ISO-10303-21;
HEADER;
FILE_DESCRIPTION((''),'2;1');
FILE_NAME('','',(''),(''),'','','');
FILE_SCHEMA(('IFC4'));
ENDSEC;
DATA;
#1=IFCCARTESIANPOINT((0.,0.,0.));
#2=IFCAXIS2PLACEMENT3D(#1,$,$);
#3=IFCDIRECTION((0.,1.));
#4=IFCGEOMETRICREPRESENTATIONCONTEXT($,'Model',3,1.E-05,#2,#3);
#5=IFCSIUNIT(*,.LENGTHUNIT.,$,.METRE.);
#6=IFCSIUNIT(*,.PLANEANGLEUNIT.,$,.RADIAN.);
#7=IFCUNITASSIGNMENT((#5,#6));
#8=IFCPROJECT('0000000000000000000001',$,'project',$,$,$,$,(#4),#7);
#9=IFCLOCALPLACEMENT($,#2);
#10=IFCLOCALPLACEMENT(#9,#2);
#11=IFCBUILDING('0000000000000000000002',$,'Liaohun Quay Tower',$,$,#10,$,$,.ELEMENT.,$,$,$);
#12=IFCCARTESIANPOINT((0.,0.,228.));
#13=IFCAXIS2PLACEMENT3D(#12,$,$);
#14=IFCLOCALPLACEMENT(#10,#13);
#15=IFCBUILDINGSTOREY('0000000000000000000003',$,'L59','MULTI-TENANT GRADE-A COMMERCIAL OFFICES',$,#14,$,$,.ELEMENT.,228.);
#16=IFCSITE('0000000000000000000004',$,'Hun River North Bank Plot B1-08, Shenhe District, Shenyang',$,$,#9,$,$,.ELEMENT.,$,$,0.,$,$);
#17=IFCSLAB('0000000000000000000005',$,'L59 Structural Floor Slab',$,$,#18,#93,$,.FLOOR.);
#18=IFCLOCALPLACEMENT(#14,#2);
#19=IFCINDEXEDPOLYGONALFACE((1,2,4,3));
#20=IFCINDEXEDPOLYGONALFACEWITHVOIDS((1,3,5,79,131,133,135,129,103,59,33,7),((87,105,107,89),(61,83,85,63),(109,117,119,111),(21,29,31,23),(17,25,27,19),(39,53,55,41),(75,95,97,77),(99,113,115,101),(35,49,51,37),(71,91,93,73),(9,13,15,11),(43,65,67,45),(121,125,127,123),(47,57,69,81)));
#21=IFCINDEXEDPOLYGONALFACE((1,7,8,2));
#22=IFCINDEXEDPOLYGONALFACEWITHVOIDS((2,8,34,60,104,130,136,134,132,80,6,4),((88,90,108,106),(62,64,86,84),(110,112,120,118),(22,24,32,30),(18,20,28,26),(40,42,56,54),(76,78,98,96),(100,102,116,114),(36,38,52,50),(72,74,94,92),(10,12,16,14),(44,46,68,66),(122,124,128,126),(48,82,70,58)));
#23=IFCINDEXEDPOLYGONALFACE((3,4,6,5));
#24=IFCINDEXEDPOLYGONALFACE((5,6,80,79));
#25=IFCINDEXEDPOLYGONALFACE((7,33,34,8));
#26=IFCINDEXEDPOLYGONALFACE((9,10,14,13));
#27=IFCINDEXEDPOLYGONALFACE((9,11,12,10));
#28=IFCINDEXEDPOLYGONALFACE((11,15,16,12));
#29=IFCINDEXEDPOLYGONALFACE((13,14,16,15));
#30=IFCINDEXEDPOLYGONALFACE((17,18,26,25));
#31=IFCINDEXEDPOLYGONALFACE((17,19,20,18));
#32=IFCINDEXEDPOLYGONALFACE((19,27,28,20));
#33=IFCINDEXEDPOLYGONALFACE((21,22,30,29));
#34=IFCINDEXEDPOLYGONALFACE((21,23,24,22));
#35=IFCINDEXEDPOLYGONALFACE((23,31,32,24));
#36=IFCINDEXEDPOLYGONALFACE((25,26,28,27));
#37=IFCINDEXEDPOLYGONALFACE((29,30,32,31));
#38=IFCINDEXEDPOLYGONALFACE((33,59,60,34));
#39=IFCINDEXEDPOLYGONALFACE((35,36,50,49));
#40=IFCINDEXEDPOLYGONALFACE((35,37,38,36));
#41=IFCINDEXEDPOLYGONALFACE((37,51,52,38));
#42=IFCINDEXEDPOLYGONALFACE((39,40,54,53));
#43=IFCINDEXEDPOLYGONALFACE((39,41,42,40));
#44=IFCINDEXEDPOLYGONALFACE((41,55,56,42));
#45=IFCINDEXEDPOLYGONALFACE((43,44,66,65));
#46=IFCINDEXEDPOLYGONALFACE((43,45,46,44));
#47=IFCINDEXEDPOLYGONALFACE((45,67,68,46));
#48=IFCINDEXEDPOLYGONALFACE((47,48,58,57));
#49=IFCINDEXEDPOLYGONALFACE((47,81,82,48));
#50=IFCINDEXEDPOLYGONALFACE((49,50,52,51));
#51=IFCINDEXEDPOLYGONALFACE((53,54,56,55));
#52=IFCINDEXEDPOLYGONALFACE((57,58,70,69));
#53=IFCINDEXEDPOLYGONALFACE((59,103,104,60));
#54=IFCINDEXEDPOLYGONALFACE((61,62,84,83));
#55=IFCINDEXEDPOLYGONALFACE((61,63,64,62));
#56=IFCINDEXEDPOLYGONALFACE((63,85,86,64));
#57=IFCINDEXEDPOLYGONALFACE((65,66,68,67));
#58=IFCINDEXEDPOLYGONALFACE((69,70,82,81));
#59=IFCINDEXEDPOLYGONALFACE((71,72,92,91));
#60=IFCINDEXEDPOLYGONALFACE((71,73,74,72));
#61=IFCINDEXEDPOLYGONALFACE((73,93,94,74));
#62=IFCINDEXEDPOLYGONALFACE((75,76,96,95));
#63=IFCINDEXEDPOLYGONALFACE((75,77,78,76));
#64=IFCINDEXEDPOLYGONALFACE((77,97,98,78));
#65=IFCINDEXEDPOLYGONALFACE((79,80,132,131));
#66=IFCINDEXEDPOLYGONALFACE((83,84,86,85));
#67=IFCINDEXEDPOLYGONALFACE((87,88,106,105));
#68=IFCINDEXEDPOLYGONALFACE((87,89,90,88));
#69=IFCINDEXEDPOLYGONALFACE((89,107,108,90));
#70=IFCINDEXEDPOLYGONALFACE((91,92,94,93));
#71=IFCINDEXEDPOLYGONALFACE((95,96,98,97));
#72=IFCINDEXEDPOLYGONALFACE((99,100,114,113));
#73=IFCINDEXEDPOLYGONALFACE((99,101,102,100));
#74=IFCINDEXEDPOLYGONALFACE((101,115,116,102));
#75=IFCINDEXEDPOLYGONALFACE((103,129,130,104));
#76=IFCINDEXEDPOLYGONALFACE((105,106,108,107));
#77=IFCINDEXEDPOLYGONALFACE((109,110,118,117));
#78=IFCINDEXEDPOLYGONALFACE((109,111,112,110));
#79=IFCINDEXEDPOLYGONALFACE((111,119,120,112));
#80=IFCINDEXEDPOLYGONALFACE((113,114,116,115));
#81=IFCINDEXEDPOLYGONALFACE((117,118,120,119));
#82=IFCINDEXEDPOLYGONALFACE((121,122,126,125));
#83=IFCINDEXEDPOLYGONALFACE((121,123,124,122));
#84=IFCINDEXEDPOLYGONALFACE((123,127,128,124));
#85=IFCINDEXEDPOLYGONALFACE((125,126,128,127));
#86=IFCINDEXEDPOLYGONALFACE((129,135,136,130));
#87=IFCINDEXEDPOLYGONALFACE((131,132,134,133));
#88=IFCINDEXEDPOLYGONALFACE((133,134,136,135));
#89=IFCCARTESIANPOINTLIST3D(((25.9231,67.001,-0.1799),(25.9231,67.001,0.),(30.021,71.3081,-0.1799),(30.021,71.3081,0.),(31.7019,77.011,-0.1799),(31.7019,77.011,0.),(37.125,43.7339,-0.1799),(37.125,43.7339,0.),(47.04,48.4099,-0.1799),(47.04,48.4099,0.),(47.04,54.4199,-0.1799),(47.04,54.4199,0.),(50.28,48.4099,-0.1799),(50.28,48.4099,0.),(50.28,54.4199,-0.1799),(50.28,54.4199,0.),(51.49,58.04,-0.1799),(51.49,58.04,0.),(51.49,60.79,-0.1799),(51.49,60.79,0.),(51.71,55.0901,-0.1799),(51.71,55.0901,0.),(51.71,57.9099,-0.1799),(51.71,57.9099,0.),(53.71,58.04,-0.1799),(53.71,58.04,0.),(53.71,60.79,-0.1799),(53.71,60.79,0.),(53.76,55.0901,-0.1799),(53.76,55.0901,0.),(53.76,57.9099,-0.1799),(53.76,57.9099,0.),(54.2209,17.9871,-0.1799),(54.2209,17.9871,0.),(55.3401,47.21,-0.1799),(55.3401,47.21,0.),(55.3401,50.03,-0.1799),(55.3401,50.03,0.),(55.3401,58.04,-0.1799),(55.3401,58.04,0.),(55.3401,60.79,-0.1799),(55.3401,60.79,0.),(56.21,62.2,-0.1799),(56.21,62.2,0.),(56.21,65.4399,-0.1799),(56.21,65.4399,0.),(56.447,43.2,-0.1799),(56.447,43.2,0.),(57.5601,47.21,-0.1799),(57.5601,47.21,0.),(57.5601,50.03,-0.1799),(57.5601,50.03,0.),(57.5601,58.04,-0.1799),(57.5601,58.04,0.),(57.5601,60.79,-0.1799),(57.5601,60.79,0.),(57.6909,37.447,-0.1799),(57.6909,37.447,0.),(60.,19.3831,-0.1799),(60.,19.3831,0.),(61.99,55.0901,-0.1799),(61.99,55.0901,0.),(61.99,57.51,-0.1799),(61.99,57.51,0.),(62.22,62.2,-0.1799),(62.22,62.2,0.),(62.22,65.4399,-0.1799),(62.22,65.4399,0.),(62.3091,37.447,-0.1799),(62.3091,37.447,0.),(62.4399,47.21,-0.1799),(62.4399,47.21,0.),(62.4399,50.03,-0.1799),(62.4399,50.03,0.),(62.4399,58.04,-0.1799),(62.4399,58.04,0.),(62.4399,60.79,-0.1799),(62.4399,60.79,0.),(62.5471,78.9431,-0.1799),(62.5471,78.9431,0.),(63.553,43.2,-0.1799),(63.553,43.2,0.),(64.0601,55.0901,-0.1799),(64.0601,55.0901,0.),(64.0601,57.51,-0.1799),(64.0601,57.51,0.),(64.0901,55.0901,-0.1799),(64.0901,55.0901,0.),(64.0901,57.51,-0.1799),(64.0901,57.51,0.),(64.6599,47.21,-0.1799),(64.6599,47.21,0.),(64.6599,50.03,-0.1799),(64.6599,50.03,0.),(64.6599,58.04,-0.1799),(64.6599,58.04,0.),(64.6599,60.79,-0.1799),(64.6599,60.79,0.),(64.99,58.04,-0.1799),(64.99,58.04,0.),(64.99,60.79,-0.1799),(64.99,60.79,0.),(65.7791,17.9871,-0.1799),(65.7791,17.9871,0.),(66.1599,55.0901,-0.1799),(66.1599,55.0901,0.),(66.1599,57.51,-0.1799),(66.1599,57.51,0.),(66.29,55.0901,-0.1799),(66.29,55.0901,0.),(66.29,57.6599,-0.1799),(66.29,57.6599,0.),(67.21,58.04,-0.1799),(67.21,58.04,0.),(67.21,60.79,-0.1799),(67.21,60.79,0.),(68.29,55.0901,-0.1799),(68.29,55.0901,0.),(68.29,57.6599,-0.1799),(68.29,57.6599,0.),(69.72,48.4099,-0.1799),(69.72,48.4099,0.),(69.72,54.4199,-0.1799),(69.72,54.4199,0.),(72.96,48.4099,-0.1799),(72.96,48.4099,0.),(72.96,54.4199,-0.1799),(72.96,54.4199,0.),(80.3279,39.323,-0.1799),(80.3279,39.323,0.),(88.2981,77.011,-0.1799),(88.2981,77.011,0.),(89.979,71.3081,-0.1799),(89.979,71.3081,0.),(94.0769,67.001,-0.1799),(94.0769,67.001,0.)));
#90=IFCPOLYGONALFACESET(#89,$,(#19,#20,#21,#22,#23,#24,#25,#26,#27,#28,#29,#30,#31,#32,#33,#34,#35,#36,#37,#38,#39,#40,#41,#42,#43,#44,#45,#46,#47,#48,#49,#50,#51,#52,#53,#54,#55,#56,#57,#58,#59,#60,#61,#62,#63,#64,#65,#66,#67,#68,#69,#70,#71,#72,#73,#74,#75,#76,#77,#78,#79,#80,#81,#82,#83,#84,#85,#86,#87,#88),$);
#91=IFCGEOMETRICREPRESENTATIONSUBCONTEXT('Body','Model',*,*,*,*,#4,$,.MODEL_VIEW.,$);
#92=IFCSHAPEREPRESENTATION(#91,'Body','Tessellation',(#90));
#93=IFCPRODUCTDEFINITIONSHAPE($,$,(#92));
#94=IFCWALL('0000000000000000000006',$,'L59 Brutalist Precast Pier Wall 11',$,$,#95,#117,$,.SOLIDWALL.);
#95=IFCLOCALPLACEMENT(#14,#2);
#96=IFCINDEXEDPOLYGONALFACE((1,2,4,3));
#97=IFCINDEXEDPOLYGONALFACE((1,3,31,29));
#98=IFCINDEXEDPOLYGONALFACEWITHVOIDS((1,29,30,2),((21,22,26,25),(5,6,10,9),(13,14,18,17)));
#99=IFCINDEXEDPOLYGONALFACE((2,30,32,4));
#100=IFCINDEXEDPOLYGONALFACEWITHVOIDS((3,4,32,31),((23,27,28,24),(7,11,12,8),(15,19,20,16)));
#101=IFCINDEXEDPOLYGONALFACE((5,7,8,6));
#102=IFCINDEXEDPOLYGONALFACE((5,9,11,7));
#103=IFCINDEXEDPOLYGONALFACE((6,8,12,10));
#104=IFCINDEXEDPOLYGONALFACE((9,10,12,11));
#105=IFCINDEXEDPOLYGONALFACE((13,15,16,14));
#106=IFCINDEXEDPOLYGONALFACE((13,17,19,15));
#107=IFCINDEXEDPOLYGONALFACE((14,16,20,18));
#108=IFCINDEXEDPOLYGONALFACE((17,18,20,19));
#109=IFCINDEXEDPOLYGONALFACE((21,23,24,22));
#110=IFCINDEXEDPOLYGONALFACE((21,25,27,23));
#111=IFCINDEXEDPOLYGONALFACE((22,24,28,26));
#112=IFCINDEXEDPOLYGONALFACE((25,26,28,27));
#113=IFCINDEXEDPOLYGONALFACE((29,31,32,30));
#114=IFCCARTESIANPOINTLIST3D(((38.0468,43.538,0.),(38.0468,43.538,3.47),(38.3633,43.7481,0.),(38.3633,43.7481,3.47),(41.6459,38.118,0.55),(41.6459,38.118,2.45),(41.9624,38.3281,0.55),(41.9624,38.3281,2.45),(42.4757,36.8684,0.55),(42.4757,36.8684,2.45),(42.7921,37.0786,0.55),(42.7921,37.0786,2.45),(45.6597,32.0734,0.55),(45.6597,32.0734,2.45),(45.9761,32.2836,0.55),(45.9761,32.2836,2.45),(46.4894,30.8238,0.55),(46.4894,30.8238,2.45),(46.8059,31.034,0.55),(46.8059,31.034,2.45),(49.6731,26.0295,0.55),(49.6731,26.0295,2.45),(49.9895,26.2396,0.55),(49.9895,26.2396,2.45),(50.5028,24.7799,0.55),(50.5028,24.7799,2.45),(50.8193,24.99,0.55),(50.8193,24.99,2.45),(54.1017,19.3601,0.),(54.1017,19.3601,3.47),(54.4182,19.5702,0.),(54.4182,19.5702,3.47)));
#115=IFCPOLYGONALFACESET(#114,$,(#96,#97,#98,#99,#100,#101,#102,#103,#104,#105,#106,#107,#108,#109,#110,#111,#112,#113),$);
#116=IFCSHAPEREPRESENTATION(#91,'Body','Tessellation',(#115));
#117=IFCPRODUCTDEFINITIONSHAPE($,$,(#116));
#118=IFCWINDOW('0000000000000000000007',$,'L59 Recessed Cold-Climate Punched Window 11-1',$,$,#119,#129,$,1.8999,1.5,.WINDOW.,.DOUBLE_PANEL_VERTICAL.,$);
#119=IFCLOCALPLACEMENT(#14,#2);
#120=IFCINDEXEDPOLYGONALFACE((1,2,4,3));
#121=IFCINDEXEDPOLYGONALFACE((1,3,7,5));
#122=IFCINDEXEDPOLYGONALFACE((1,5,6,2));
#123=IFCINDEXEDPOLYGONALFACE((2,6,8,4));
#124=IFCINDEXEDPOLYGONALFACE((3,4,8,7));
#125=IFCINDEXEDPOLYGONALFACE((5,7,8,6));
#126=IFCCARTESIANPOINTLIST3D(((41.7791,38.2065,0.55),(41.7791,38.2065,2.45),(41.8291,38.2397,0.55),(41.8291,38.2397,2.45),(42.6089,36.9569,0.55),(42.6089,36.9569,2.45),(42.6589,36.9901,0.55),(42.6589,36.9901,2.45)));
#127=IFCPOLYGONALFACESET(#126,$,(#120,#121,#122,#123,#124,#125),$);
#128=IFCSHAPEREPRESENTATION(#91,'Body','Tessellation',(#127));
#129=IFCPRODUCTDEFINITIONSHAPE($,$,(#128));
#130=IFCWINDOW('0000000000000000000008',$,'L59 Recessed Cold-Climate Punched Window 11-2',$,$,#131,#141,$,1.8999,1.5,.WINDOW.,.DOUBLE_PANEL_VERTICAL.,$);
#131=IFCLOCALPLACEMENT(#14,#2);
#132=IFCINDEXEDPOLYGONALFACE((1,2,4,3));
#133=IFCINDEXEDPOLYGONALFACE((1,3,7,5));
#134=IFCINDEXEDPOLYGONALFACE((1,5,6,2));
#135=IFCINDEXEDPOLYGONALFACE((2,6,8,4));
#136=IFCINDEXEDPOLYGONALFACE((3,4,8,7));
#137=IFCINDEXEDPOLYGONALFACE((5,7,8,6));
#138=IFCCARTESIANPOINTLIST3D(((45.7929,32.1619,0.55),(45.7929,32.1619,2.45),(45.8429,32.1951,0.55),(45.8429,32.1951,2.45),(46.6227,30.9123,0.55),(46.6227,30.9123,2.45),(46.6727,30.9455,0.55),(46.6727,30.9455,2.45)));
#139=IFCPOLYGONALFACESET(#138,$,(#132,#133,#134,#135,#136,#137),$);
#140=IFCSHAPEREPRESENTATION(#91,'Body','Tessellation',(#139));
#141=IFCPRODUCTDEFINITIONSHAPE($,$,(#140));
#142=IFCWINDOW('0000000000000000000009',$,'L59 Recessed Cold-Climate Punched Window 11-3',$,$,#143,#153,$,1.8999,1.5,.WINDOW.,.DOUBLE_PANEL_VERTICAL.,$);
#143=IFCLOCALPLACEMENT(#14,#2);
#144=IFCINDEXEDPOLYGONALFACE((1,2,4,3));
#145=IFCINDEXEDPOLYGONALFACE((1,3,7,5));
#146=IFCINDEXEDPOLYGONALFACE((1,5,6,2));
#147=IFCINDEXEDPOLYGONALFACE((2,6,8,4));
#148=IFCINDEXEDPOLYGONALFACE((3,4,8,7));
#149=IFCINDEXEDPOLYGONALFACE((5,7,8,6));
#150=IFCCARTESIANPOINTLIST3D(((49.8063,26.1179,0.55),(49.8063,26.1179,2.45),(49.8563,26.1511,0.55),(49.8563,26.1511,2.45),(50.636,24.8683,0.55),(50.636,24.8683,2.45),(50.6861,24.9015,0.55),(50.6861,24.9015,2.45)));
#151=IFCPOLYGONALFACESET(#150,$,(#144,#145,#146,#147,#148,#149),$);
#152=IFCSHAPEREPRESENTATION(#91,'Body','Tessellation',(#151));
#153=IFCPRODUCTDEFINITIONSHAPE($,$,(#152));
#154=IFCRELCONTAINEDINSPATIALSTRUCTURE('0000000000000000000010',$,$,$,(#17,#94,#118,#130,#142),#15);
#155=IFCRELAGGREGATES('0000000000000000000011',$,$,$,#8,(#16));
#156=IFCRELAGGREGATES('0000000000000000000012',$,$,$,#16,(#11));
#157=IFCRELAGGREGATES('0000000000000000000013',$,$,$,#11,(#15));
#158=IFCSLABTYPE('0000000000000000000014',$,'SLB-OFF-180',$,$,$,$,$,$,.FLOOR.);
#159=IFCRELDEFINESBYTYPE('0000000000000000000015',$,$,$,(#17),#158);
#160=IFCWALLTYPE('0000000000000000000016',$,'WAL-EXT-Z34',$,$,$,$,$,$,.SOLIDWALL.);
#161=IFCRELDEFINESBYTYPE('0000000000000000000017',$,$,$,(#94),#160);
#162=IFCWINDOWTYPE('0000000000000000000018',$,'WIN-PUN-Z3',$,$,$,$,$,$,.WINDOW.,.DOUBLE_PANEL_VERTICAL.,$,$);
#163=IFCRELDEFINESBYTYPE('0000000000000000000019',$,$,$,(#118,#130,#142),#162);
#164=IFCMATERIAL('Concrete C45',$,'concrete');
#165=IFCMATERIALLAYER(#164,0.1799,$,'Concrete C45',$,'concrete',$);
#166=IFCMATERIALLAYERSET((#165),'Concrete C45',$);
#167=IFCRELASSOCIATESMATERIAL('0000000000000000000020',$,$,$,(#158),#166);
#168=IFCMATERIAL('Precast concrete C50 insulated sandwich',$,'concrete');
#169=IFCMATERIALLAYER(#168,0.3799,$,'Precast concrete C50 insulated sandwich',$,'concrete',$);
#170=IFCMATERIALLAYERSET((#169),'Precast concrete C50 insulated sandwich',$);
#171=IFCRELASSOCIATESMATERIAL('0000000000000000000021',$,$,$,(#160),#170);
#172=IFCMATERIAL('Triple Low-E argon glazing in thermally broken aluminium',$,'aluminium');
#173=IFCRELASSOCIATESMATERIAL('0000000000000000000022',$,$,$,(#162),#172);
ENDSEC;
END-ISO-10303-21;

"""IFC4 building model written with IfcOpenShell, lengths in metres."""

from ifc_helpers import new_model, si_unit, direction, frame, frame_2d, origin, place, context, subcontext, project, spatial, polyline, rectangle, outline, extrude, source, transform, mapped, material, layer, layer_set, type_object, element, fill, save


model = new_model("IFC4")

# Units and contexts
model_context = context("Model", 3, precision=1e-05, world=origin(), true_north=direction((0.0, 1.0)))
body_context = subcontext(model_context, "Body", "Model", "MODEL_VIEW")
ifc_project = project(units=[si_unit("LENGTHUNIT", "METRE"), si_unit("PLANEANGLEUNIT", "RADIAN")], contexts=[model_context])

# Site, building, storey
site_placement = place(None, origin())
site = spatial("IfcSite", under=ifc_project, at=site_placement, Name="Hun River North Bank Plot B1-08, Shenhe District, Shenyang", CompositionType="ELEMENT", RefElevation=0.0)
building_placement = place(site_placement, origin())
building = spatial("IfcBuilding", under=site, at=building_placement, Name="Liaohun Quay Tower", CompositionType="ELEMENT")
storey_placement = place(building_placement, frame((0.0, 0.0, 228.0)))
storey = spatial("IfcBuildingStorey", under=building, at=storey_placement, Name="L59", Description="MULTI-TENANT GRADE-A COMMERCIAL OFFICES", CompositionType="ELEMENT", Elevation=228.0)

# Shared definitions
ifc_material_1 = material(Name="Concrete C45", Category="concrete")

# Slab
ifc_layer_1 = layer(ifc_material_1, 0.1799, Name="Concrete C45", Category="concrete")
ifc_layer_set_1 = layer_set([ifc_layer_1], Name="Concrete C45")
slab_type_1 = type_object("IfcSlabType", Name="SLB-OFF-180", PredefinedType="FLOOR", material=ifc_layer_set_1)
slab_1_placement = place(storey_placement, frame((0.0, 0.0, -0.1799)))
element("IfcSlab", 1, at=slab_1_placement, inside=storey, type_object=slab_type_1, Name="L59 Structural Floor Slab", PredefinedType="FLOOR", context=body_context, shape_type="SweptSolid", body=[
    extrude(outline(polyline([(54.2209, 17.9871), (60.0, 19.3831), (65.7791, 17.9871), (80.3279, 39.323), (94.0769, 67.001), (89.979, 71.3081), (88.2981, 77.011), (62.5471, 78.9431), (31.7019, 77.011), (30.021, 71.3081), (25.9231, 67.001), (37.125, 43.7339), (54.2209, 17.9871)]), holes=[polyline([(63.553, 43.2), (56.447, 43.2), (57.6909, 37.447), (62.3091, 37.447), (63.553, 43.2)]), polyline([(57.5601, 47.21), (57.5601, 50.03), (55.3401, 50.03), (55.3401, 47.21), (57.5601, 47.21)]), polyline([(50.28, 54.4199), (47.04, 54.4199), (47.04, 48.4099), (50.28, 48.4099), (50.28, 54.4199)]), polyline([(53.76, 55.0901), (53.76, 57.9099), (51.71, 57.9099), (51.71, 55.0901), (53.76, 55.0901)]), polyline([(53.71, 58.04), (53.71, 60.79), (51.49, 60.79), (51.49, 58.04), (53.71, 58.04)]), polyline([(57.5601, 58.04), (57.5601, 60.79), (55.3401, 60.79), (55.3401, 58.04), (57.5601, 58.04)]), polyline([(62.22, 62.2), (62.22, 65.4399), (56.21, 65.4399), (56.21, 62.2), (62.22, 62.2)]), polyline([(64.6599, 50.03), (62.4399, 50.03), (62.4399, 47.21), (64.6599, 47.21), (64.6599, 50.03)]), polyline([(72.96, 54.4199), (69.72, 54.4199), (69.72, 48.4099), (72.96, 48.4099), (72.96, 54.4199)]), polyline([(64.0601, 55.0901), (64.0601, 57.51), (61.99, 57.51), (61.99, 55.0901), (64.0601, 55.0901)]), polyline([(66.1599, 55.0901), (66.1599, 57.51), (64.0901, 57.51), (64.0901, 55.0901), (66.1599, 55.0901)]), polyline([(68.29, 55.0901), (68.29, 57.6599), (66.29, 57.6599), (66.29, 55.0901), (68.29, 55.0901)]), polyline([(64.6599, 58.04), (64.6599, 60.79), (62.4399, 60.79), (62.4399, 58.04), (64.6599, 58.04)]), polyline([(67.21, 58.04), (67.21, 60.79), (64.99, 60.79), (64.99, 58.04), (67.21, 58.04)])]), origin(), (0.0, 0.0, 1.0), 0.1799),
])

# Wall, openings, windows
ifc_material_2 = material(Name="Precast concrete C50 insulated sandwich", Category="concrete")
ifc_layer_2 = layer(ifc_material_2, 0.3799, Name="Precast concrete C50 insulated sandwich", Category="concrete")
ifc_layer_set_2 = layer_set([ifc_layer_2], Name="Precast concrete C50 insulated sandwich")
wall_type_1 = type_object("IfcWallType", Name="WAL-EXT-Z34", PredefinedType="SOLIDWALL", material=ifc_layer_set_2)
wall_1_placement = place(storey_placement, frame((38.2051, 43.6431, 0.0), z_axis=(0.0, 0.0, 1.0), x_axis=(0.553179, -0.833062, 0.0)))
wall_1 = element("IfcWall", 2, at=wall_1_placement, inside=storey, type_object=wall_type_1, Name="L59 Brutalist Precast Pier Wall 11", PredefinedType="SOLIDWALL", context=body_context, shape_type="SweptSolid", body=[
    extrude(rectangle(XDim=29.0229, YDim=0.3799, at=frame_2d((14.5115, 0.0))), origin(), (0.0, 0.0, 1.0), 3.47),
])
shared_shape_1 = source(origin(), body_context, "Body", "SweptSolid", [
    extrude(rectangle(XDim=1.5, YDim=1.8999, at=frame_2d((0.75, 0.95))), frame((0.0, 0.2, 0.0), z_axis=(0.0, -1.0, 0.0), x_axis=(1.0, 0.0, 0.0)), (0.0, 0.0, 1.0), 0.3999),
])
opening_1_placement = place(wall_1_placement, frame((6.5061, 0.0, 0.55)))
opening_1 = element("IfcOpeningElement", 3, at=opening_1_placement, cuts=wall_1, PredefinedType="OPENING", context=body_context, shape_type="MappedRepresentation", body=[
    mapped(shared_shape_1, transform((0.0, 0.0, 0.0), x_axis=(1.0, 0.0, 0.0), y_axis=(0.0, 1.0, 0.0), z_axis=(0.0, 0.0, 1.0), scale=1.0)),
])
opening_2_placement = place(wall_1_placement, frame((13.762, 0.0, 0.55)))
opening_2 = element("IfcOpeningElement", 4, at=opening_2_placement, cuts=wall_1, PredefinedType="OPENING", context=body_context, shape_type="MappedRepresentation", body=[
    mapped(shared_shape_1, transform((0.0, 0.0, 0.0), x_axis=(1.0, 0.0, 0.0), y_axis=(0.0, 1.0, 0.0), z_axis=(0.0, 0.0, 1.0), scale=1.0)),
])
opening_3_placement = place(wall_1_placement, frame((21.0171, 0.0, 0.55)))
opening_3 = element("IfcOpeningElement", 5, at=opening_3_placement, cuts=wall_1, PredefinedType="OPENING", context=body_context, shape_type="MappedRepresentation", body=[
    mapped(shared_shape_1, transform((0.0, 0.0, 0.0), x_axis=(1.0, 0.0, 0.0), y_axis=(0.0, 1.0, 0.0), z_axis=(0.0, 0.0, 1.0), scale=1.0)),
])
ifc_material_3 = material(Name="Triple Low-E argon glazing in thermally broken aluminium", Category="aluminium")
window_type = type_object("IfcWindowType", Name="WIN-PUN-Z3", PartitioningType="DOUBLE_PANEL_VERTICAL", PredefinedType="WINDOW", material=ifc_material_3)
shared_shape_2 = source(origin(), body_context, "Body", "SweptSolid", [
    extrude(rectangle(XDim=1.5, YDim=1.8999, at=frame_2d((0.75, 0.95))), frame((0.0, 0.03, 0.0), z_axis=(0.0, -1.0, 0.0), x_axis=(1.0, 0.0, 0.0)), (0.0, 0.0, 1.0), 0.0601),
])
window_1_placement = place(opening_1_placement, origin())
window_1 = element("IfcWindow", 6, at=window_1_placement, inside=storey, type_object=window_type, Name="L59 Recessed Cold-Climate Punched Window 11-1", OverallHeight=1.8999, OverallWidth=1.5, PartitioningType="DOUBLE_PANEL_VERTICAL", PredefinedType="WINDOW", context=body_context, shape_type="MappedRepresentation", body=[
    mapped(shared_shape_2, transform((0.0, 0.0, 0.0), x_axis=(1.0, 0.0, 0.0), y_axis=(0.0, 1.0, 0.0), z_axis=(0.0, 0.0, 1.0), scale=1.0)),
])
fill(opening_1, window_1)
window_2_placement = place(opening_2_placement, origin())
window_2 = element("IfcWindow", 7, at=window_2_placement, inside=storey, type_object=window_type, Name="L59 Recessed Cold-Climate Punched Window 11-2", OverallHeight=1.8999, OverallWidth=1.5, PartitioningType="DOUBLE_PANEL_VERTICAL", PredefinedType="WINDOW", context=body_context, shape_type="MappedRepresentation", body=[
    mapped(shared_shape_2, transform((0.0, 0.0, 0.0), x_axis=(1.0, 0.0, 0.0), y_axis=(0.0, 1.0, 0.0), z_axis=(0.0, 0.0, 1.0), scale=1.0)),
])
fill(opening_2, window_2)
window_3_placement = place(opening_3_placement, origin())
window_3 = element("IfcWindow", 8, at=window_3_placement, inside=storey, type_object=window_type, Name="L59 Recessed Cold-Climate Punched Window 11-3", OverallHeight=1.8999, OverallWidth=1.5, PartitioningType="DOUBLE_PANEL_VERTICAL", PredefinedType="WINDOW", context=body_context, shape_type="MappedRepresentation", body=[
    mapped(shared_shape_2, transform((0.0, 0.0, 0.0), x_axis=(1.0, 0.0, 0.0), y_axis=(0.0, 1.0, 0.0), z_axis=(0.0, 0.0, 1.0), scale=1.0)),
])
fill(opening_3, window_3)

save(model, "model.ifc")
